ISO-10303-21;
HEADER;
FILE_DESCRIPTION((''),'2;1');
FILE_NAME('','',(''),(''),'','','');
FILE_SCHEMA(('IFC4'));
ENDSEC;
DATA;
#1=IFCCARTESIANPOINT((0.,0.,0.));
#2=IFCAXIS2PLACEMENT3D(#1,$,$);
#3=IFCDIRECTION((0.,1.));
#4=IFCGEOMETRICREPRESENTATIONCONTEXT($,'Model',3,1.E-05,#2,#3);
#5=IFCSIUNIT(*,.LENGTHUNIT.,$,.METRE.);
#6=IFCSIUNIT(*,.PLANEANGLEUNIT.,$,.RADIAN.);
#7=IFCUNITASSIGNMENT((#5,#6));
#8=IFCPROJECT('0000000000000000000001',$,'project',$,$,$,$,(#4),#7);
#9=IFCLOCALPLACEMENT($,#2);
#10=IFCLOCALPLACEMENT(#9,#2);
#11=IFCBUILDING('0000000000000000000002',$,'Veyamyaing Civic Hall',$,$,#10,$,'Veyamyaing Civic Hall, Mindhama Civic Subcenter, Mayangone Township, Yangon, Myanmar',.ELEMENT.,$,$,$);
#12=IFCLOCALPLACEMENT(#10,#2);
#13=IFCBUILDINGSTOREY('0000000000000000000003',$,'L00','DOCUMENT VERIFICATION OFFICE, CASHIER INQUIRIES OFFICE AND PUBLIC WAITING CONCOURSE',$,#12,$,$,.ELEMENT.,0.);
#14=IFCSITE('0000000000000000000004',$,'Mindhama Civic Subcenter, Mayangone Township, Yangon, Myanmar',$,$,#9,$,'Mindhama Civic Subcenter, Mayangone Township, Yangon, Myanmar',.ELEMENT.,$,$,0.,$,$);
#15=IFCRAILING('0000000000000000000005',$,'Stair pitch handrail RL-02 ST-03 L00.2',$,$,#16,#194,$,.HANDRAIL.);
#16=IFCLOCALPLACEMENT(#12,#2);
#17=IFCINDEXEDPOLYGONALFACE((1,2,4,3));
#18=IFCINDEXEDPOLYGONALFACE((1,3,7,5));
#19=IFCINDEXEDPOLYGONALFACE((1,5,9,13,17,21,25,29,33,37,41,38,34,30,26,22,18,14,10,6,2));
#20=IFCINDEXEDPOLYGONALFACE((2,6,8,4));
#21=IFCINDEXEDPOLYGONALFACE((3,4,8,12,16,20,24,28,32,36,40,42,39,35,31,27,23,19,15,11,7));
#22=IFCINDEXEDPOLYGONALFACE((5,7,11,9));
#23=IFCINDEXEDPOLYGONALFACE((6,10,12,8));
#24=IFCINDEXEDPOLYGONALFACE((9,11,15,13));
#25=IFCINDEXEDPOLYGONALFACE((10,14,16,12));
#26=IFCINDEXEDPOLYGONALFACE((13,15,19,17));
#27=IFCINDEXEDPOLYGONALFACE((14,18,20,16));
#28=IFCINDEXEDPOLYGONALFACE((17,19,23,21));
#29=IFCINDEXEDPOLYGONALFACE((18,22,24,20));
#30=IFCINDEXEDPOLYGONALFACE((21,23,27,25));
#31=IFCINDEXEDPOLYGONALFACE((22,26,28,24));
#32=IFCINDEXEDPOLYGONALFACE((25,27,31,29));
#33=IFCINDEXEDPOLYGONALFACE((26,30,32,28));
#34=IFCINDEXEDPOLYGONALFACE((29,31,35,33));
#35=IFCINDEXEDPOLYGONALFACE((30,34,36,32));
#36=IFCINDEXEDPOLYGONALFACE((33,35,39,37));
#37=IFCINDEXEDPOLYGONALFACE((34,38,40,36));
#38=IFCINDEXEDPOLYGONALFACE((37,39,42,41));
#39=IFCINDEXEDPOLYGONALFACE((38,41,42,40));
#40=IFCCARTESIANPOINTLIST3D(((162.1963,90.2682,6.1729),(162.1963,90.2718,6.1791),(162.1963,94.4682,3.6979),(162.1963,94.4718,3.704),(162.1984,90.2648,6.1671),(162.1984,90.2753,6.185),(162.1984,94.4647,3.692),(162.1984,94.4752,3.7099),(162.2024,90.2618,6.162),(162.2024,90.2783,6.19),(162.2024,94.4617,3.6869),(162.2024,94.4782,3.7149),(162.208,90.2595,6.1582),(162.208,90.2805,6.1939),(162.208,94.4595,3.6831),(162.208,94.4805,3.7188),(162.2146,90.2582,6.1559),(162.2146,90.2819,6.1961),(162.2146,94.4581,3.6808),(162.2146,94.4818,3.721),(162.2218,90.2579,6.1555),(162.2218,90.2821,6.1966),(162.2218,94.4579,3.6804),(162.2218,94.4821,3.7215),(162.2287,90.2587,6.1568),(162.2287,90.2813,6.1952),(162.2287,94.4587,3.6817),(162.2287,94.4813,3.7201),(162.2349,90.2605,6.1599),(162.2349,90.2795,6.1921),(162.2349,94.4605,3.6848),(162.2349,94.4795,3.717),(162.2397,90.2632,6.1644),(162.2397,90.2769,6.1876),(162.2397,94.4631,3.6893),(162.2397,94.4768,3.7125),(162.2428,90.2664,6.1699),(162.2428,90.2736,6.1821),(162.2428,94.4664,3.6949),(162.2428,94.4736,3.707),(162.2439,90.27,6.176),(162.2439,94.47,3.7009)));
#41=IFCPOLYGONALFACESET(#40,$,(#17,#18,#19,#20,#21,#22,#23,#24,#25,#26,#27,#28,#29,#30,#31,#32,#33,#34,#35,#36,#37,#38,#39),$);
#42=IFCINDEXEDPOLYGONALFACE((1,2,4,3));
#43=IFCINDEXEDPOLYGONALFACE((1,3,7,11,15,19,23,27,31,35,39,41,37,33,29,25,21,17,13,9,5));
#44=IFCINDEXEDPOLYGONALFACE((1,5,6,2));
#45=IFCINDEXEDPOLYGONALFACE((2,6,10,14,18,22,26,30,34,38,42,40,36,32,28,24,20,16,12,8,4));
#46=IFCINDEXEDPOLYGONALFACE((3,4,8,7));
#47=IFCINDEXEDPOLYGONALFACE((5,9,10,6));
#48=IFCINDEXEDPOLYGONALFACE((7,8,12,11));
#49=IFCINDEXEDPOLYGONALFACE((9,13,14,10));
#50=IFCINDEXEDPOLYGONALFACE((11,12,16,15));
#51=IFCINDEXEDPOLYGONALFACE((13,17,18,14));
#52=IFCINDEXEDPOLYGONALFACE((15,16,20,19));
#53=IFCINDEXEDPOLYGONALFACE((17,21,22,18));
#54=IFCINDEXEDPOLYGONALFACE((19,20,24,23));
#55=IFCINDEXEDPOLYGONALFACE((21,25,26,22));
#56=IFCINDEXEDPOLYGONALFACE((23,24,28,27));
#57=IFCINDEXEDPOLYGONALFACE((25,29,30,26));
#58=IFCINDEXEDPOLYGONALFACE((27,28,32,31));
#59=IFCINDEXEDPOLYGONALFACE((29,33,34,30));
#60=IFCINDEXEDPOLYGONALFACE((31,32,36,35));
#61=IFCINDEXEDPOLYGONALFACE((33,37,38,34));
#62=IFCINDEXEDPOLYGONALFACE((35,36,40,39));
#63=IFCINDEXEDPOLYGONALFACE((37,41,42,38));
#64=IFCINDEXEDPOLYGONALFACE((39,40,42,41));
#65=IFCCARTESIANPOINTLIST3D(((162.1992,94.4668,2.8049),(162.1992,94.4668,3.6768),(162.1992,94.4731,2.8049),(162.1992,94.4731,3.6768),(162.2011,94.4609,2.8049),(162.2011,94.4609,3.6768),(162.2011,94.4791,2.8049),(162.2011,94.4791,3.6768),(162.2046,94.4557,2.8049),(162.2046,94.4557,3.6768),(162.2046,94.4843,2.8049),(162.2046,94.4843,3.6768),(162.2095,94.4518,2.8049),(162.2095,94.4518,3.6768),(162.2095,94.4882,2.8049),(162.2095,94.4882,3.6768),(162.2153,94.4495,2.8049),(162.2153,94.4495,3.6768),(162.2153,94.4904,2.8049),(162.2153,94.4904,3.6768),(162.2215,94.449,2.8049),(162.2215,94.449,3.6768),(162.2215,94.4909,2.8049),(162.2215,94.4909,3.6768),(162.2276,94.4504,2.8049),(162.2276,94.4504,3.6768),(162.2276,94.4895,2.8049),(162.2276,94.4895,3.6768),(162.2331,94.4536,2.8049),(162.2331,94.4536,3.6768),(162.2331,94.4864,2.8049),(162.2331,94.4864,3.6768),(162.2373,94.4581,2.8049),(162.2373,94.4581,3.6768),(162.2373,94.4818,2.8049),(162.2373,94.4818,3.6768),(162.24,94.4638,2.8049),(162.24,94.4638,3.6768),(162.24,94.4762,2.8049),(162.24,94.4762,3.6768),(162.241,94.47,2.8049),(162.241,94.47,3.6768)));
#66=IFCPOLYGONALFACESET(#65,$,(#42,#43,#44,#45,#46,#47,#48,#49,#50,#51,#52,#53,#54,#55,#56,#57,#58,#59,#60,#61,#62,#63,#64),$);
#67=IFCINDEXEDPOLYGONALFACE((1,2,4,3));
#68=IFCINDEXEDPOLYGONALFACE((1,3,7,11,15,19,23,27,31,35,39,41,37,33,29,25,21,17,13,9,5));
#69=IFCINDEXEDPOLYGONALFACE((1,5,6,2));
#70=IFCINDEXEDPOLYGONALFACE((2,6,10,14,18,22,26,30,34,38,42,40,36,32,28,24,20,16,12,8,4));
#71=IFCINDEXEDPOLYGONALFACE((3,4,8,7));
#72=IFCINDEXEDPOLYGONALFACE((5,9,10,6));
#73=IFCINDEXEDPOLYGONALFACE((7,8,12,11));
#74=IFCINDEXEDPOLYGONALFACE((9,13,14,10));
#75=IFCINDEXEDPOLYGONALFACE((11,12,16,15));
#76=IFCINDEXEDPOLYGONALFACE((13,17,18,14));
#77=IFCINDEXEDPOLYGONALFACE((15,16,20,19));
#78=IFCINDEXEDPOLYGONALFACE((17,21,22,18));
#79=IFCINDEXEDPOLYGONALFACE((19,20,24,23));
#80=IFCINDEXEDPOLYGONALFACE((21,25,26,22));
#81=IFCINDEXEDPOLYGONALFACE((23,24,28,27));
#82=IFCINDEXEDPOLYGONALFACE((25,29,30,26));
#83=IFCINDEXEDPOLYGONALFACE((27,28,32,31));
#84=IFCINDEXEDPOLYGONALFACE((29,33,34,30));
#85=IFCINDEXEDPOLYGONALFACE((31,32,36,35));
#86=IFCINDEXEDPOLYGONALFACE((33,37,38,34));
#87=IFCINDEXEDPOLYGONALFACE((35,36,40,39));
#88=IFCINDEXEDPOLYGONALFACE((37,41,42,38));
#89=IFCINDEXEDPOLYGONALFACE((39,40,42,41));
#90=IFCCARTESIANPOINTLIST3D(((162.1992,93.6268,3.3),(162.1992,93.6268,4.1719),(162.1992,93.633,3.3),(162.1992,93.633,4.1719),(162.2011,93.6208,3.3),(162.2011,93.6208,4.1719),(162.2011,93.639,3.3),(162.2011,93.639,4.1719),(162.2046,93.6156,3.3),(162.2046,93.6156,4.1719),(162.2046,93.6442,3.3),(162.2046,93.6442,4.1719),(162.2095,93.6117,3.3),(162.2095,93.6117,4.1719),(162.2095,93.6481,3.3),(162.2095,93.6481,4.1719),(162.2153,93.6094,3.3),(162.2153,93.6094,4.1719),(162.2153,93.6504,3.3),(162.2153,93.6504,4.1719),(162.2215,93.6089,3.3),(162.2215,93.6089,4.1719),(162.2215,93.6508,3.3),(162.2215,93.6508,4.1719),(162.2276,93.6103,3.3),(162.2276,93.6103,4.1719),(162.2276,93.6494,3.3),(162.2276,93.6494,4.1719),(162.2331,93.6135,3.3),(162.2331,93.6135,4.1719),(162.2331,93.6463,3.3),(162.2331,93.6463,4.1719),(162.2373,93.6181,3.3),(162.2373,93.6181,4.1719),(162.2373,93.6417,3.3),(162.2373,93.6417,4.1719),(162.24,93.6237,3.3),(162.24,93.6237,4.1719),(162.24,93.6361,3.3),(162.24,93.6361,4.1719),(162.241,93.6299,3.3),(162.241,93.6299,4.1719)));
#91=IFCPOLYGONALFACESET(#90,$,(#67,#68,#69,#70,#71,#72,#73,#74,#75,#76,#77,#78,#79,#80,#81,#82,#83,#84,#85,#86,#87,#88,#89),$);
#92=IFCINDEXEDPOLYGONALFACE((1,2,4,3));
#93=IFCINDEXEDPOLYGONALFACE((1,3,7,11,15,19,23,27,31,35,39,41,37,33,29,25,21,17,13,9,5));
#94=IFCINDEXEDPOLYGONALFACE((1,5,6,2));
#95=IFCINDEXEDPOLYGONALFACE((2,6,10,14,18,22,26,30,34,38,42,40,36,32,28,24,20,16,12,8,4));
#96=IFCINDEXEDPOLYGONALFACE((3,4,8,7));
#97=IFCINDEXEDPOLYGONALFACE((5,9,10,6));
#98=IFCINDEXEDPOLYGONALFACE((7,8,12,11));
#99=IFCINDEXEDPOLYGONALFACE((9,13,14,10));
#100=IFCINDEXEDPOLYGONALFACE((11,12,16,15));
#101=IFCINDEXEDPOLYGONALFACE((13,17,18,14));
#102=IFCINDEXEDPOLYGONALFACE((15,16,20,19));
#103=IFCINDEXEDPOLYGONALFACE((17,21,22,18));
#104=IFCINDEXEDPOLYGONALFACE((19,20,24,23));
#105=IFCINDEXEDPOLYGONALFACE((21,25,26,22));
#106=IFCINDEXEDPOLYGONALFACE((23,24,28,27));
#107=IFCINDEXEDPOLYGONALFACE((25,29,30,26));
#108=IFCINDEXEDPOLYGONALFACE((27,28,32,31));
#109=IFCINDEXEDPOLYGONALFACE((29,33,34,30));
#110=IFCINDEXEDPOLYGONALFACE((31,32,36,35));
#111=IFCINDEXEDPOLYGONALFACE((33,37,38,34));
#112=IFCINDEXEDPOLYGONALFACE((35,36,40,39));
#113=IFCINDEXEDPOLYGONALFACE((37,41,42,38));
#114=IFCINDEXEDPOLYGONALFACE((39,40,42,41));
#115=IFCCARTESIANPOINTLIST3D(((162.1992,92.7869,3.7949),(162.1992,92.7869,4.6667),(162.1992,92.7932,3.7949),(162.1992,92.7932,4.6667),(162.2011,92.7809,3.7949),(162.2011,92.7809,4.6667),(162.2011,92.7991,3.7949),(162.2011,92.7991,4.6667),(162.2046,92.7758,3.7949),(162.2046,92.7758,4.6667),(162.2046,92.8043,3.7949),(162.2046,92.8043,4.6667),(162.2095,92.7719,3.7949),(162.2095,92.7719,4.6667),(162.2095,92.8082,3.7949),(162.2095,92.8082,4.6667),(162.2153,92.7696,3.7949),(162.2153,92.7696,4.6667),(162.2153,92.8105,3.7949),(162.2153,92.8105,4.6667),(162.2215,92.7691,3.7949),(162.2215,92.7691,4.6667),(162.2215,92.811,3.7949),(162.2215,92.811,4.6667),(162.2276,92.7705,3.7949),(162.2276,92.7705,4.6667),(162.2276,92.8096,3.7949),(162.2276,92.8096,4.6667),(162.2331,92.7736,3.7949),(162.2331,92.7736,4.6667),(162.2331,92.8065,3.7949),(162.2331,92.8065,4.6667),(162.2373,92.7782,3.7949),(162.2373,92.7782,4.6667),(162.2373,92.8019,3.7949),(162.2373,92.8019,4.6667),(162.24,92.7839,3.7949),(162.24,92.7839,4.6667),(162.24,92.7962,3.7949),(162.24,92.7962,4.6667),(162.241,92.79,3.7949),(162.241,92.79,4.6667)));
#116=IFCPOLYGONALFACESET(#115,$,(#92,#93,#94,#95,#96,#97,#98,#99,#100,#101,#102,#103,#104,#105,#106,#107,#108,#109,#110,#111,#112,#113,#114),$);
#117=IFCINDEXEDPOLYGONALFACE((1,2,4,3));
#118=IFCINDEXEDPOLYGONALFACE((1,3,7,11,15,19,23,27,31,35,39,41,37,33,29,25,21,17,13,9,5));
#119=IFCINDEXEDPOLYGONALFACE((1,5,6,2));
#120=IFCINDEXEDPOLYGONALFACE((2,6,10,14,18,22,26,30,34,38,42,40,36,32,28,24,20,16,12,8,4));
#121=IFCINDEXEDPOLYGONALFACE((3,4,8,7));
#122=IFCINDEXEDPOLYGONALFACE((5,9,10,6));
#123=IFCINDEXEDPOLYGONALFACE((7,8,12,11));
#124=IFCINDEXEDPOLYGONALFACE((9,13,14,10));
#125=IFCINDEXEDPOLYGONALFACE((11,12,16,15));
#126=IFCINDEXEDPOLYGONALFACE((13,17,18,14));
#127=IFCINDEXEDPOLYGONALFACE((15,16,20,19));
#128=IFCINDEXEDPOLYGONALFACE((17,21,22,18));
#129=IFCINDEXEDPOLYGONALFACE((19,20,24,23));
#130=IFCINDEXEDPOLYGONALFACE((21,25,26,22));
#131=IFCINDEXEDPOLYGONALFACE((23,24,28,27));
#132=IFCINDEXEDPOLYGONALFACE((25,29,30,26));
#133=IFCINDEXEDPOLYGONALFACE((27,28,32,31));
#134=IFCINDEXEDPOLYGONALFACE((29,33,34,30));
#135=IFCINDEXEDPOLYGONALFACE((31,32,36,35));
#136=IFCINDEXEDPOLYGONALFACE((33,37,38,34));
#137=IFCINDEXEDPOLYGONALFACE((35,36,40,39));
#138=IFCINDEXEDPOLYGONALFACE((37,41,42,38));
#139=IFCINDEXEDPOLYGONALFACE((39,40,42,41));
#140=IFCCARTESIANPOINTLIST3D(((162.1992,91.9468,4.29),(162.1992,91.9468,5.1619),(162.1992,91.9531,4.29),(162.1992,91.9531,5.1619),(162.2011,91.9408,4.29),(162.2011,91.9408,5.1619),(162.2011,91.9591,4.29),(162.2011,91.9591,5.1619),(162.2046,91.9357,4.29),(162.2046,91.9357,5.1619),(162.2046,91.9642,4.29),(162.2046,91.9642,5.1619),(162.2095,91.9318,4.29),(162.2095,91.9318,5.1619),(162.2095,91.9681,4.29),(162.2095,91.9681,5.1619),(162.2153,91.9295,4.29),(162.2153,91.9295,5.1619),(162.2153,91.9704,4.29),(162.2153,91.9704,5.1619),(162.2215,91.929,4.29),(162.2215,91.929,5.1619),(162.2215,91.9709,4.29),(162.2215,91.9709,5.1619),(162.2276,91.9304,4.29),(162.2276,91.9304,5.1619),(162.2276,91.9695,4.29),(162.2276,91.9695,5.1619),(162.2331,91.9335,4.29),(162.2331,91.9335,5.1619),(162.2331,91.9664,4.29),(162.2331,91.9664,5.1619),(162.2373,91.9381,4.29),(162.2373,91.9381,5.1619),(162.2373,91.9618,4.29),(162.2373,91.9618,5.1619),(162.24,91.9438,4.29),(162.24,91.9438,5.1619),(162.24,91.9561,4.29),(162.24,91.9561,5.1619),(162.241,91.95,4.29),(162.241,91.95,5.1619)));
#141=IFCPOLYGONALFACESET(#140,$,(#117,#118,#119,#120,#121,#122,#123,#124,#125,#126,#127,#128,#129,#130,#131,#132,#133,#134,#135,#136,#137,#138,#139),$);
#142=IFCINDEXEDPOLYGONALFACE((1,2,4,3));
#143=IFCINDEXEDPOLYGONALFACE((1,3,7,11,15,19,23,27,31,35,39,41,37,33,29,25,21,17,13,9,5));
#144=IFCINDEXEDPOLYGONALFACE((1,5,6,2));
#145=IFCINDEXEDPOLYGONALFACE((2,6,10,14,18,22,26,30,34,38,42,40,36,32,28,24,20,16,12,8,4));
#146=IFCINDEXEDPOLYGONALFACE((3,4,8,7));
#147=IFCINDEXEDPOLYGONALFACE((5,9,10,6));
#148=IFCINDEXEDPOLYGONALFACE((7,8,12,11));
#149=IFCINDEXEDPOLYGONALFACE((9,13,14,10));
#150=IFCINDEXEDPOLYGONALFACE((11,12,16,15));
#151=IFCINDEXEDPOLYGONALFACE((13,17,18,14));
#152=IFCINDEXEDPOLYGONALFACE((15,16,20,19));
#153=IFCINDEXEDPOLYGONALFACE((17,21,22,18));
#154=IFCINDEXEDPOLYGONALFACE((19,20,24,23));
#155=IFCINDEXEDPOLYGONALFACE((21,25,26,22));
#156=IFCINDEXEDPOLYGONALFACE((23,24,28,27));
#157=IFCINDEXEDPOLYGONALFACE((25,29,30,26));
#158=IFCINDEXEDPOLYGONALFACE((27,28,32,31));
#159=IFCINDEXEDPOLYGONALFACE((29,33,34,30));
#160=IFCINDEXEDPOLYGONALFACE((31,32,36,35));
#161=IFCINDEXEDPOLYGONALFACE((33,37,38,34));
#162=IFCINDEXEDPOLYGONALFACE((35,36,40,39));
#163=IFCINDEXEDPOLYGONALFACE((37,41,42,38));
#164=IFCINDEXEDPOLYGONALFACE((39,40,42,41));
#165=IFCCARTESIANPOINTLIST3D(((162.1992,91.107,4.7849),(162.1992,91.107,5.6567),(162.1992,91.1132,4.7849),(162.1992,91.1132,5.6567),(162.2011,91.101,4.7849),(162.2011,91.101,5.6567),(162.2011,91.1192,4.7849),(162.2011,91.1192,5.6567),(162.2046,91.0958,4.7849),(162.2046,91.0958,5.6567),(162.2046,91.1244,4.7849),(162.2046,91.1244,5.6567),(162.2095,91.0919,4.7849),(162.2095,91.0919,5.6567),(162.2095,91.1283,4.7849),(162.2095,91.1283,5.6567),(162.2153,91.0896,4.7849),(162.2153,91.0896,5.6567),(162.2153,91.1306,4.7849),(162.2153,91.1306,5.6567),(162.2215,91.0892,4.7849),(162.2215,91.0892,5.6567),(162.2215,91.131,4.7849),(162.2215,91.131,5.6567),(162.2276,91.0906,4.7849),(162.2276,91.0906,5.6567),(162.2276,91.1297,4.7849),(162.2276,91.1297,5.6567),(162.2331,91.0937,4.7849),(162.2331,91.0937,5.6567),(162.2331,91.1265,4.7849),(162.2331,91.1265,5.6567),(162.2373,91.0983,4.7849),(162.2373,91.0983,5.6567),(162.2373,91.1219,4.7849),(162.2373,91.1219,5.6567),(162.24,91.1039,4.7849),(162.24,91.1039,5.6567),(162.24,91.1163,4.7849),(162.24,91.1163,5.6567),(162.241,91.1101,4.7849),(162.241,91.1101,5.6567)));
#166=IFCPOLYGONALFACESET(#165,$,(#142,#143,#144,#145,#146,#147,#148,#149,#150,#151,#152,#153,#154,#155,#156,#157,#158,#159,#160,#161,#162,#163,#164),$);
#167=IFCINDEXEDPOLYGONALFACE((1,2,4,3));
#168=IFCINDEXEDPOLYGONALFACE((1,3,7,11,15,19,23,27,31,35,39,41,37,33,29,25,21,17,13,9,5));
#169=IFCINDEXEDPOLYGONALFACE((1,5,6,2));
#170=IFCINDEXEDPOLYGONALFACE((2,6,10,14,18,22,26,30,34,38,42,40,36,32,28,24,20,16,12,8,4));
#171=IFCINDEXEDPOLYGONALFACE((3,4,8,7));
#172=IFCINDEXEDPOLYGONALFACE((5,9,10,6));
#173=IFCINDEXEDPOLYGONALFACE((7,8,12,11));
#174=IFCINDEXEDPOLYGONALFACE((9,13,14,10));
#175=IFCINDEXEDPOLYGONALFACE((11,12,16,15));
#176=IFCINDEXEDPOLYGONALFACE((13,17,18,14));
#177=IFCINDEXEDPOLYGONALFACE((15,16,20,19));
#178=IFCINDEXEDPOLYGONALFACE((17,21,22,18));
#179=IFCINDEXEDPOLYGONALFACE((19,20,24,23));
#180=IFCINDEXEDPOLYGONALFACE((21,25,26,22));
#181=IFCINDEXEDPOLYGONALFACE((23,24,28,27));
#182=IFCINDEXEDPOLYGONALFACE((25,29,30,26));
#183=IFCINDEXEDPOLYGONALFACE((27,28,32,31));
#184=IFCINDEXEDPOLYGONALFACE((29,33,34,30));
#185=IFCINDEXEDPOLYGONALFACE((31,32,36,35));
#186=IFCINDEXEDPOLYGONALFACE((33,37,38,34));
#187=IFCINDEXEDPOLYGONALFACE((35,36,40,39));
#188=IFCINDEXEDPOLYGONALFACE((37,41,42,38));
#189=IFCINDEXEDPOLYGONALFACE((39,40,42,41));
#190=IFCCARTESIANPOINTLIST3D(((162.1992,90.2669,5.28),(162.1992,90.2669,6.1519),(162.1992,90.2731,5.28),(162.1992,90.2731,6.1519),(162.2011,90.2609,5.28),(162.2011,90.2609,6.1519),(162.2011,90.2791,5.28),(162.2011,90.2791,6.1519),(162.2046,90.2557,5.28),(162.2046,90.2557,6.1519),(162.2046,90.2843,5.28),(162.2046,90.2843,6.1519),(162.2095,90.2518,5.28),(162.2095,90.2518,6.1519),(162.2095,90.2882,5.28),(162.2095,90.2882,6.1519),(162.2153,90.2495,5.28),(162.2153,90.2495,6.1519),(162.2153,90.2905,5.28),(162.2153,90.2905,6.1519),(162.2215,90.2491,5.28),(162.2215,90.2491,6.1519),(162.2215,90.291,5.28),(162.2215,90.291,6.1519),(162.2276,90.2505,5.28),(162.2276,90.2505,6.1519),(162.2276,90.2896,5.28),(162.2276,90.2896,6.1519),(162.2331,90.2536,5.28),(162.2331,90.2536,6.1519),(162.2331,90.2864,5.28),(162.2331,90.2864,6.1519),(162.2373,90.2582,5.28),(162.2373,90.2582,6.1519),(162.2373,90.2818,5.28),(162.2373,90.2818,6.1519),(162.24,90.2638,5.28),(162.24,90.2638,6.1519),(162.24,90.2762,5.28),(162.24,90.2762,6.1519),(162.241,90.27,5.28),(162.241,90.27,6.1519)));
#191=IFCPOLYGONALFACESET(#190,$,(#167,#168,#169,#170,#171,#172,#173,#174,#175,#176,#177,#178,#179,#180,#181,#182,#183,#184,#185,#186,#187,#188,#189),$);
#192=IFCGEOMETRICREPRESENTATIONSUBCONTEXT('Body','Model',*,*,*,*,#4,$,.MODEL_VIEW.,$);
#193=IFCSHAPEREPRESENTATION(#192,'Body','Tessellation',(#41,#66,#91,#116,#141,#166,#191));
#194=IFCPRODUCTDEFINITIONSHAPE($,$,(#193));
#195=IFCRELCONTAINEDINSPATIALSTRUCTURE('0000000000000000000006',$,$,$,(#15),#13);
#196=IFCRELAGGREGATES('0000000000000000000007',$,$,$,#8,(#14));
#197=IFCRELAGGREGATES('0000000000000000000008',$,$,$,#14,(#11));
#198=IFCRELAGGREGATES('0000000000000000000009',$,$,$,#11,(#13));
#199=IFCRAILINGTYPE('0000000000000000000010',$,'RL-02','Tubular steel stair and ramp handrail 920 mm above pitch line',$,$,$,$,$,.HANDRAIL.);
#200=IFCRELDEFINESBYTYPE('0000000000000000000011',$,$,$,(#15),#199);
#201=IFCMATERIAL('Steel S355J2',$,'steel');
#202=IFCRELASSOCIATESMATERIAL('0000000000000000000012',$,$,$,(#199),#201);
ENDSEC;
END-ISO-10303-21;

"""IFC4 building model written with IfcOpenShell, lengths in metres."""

from ifc_helpers import new_model, si_unit, direction, frame, origin, origin_2d, place, context, subcontext, project, spatial, circle, extrude, material, type_object, element, save


model = new_model("IFC4")

# Units and contexts
model_context = context("Model", 3, precision=1e-05, world=origin(), true_north=direction((0.0, 1.0)))
body_context = subcontext(model_context, "Body", "Model", "MODEL_VIEW")
ifc_project = project(units=[si_unit("LENGTHUNIT", "METRE"), si_unit("PLANEANGLEUNIT", "RADIAN")], contexts=[model_context])

# Site, building, storey
site_placement = place(None, origin())
site = spatial("IfcSite", under=ifc_project, at=site_placement, Name="Mindhama Civic Subcenter, Mayangone Township, Yangon, Myanmar", LongName="Mindhama Civic Subcenter, Mayangone Township, Yangon, Myanmar", CompositionType="ELEMENT", RefElevation=0.0)
building_placement = place(site_placement, origin())
building = spatial("IfcBuilding", under=site, at=building_placement, Name="Veyamyaing Civic Hall", LongName="Veyamyaing Civic Hall, Mindhama Civic Subcenter, Mayangone Township, Yangon, Myanmar", CompositionType="ELEMENT")
storey_placement = place(building_placement, origin())
storey = spatial("IfcBuildingStorey", under=building, at=storey_placement, Name="L00", Description="DOCUMENT VERIFICATION OFFICE, CASHIER INQUIRIES OFFICE AND PUBLIC WAITING CONCOURSE", CompositionType="ELEMENT", Elevation=0.0)

# Railing
ifc_material_1 = material(Name="Steel S355J2", Category="steel")
railing_type_1 = type_object("IfcRailingType", Name="RL-02", Description="Tubular steel stair and ramp handrail 920 mm above pitch line", PredefinedType="HANDRAIL", material=ifc_material_1)
railing_1_placement = place(storey_placement, frame((162.22, 94.47, 2.8049)))
element("IfcRailing", 1, at=railing_1_placement, inside=storey, type_object=railing_type_1, Name="Stair pitch handrail RL-02 ST-03 L00.2", PredefinedType="HANDRAIL", context=body_context, shape_type="SweptSolid", body=[
    extrude(circle(Radius=0.0239, at=origin_2d()), frame((0.0, 0.0, 0.896), z_axis=(0.0, -0.861527, 0.507712), x_axis=(1.0, 0.0, 0.0)), (0.0, 0.0, 1.0), 4.875),
    extrude(circle(Radius=0.021, at=origin_2d()), origin(), (0.0, 0.0, 1.0), 0.8718),
    extrude(circle(Radius=0.021, at=origin_2d()), frame((0.0, -0.8401, 0.4951)), (0.0, 0.0, 1.0), 0.8718),
    extrude(circle(Radius=0.021, at=origin_2d()), frame((0.0, -1.6799, 0.99)), (0.0, 0.0, 1.0), 0.8718),
    extrude(circle(Radius=0.021, at=origin_2d()), frame((0.0, -2.52, 1.4851)), (0.0, 0.0, 1.0), 0.8718),
    extrude(circle(Radius=0.021, at=origin_2d()), frame((0.0, -3.3599, 1.98)), (0.0, 0.0, 1.0), 0.8718),
    extrude(circle(Radius=0.021, at=origin_2d()), frame((0.0, -4.2, 2.4751)), (0.0, 0.0, 1.0), 0.8718),
])

save(model, "model.ifc")
